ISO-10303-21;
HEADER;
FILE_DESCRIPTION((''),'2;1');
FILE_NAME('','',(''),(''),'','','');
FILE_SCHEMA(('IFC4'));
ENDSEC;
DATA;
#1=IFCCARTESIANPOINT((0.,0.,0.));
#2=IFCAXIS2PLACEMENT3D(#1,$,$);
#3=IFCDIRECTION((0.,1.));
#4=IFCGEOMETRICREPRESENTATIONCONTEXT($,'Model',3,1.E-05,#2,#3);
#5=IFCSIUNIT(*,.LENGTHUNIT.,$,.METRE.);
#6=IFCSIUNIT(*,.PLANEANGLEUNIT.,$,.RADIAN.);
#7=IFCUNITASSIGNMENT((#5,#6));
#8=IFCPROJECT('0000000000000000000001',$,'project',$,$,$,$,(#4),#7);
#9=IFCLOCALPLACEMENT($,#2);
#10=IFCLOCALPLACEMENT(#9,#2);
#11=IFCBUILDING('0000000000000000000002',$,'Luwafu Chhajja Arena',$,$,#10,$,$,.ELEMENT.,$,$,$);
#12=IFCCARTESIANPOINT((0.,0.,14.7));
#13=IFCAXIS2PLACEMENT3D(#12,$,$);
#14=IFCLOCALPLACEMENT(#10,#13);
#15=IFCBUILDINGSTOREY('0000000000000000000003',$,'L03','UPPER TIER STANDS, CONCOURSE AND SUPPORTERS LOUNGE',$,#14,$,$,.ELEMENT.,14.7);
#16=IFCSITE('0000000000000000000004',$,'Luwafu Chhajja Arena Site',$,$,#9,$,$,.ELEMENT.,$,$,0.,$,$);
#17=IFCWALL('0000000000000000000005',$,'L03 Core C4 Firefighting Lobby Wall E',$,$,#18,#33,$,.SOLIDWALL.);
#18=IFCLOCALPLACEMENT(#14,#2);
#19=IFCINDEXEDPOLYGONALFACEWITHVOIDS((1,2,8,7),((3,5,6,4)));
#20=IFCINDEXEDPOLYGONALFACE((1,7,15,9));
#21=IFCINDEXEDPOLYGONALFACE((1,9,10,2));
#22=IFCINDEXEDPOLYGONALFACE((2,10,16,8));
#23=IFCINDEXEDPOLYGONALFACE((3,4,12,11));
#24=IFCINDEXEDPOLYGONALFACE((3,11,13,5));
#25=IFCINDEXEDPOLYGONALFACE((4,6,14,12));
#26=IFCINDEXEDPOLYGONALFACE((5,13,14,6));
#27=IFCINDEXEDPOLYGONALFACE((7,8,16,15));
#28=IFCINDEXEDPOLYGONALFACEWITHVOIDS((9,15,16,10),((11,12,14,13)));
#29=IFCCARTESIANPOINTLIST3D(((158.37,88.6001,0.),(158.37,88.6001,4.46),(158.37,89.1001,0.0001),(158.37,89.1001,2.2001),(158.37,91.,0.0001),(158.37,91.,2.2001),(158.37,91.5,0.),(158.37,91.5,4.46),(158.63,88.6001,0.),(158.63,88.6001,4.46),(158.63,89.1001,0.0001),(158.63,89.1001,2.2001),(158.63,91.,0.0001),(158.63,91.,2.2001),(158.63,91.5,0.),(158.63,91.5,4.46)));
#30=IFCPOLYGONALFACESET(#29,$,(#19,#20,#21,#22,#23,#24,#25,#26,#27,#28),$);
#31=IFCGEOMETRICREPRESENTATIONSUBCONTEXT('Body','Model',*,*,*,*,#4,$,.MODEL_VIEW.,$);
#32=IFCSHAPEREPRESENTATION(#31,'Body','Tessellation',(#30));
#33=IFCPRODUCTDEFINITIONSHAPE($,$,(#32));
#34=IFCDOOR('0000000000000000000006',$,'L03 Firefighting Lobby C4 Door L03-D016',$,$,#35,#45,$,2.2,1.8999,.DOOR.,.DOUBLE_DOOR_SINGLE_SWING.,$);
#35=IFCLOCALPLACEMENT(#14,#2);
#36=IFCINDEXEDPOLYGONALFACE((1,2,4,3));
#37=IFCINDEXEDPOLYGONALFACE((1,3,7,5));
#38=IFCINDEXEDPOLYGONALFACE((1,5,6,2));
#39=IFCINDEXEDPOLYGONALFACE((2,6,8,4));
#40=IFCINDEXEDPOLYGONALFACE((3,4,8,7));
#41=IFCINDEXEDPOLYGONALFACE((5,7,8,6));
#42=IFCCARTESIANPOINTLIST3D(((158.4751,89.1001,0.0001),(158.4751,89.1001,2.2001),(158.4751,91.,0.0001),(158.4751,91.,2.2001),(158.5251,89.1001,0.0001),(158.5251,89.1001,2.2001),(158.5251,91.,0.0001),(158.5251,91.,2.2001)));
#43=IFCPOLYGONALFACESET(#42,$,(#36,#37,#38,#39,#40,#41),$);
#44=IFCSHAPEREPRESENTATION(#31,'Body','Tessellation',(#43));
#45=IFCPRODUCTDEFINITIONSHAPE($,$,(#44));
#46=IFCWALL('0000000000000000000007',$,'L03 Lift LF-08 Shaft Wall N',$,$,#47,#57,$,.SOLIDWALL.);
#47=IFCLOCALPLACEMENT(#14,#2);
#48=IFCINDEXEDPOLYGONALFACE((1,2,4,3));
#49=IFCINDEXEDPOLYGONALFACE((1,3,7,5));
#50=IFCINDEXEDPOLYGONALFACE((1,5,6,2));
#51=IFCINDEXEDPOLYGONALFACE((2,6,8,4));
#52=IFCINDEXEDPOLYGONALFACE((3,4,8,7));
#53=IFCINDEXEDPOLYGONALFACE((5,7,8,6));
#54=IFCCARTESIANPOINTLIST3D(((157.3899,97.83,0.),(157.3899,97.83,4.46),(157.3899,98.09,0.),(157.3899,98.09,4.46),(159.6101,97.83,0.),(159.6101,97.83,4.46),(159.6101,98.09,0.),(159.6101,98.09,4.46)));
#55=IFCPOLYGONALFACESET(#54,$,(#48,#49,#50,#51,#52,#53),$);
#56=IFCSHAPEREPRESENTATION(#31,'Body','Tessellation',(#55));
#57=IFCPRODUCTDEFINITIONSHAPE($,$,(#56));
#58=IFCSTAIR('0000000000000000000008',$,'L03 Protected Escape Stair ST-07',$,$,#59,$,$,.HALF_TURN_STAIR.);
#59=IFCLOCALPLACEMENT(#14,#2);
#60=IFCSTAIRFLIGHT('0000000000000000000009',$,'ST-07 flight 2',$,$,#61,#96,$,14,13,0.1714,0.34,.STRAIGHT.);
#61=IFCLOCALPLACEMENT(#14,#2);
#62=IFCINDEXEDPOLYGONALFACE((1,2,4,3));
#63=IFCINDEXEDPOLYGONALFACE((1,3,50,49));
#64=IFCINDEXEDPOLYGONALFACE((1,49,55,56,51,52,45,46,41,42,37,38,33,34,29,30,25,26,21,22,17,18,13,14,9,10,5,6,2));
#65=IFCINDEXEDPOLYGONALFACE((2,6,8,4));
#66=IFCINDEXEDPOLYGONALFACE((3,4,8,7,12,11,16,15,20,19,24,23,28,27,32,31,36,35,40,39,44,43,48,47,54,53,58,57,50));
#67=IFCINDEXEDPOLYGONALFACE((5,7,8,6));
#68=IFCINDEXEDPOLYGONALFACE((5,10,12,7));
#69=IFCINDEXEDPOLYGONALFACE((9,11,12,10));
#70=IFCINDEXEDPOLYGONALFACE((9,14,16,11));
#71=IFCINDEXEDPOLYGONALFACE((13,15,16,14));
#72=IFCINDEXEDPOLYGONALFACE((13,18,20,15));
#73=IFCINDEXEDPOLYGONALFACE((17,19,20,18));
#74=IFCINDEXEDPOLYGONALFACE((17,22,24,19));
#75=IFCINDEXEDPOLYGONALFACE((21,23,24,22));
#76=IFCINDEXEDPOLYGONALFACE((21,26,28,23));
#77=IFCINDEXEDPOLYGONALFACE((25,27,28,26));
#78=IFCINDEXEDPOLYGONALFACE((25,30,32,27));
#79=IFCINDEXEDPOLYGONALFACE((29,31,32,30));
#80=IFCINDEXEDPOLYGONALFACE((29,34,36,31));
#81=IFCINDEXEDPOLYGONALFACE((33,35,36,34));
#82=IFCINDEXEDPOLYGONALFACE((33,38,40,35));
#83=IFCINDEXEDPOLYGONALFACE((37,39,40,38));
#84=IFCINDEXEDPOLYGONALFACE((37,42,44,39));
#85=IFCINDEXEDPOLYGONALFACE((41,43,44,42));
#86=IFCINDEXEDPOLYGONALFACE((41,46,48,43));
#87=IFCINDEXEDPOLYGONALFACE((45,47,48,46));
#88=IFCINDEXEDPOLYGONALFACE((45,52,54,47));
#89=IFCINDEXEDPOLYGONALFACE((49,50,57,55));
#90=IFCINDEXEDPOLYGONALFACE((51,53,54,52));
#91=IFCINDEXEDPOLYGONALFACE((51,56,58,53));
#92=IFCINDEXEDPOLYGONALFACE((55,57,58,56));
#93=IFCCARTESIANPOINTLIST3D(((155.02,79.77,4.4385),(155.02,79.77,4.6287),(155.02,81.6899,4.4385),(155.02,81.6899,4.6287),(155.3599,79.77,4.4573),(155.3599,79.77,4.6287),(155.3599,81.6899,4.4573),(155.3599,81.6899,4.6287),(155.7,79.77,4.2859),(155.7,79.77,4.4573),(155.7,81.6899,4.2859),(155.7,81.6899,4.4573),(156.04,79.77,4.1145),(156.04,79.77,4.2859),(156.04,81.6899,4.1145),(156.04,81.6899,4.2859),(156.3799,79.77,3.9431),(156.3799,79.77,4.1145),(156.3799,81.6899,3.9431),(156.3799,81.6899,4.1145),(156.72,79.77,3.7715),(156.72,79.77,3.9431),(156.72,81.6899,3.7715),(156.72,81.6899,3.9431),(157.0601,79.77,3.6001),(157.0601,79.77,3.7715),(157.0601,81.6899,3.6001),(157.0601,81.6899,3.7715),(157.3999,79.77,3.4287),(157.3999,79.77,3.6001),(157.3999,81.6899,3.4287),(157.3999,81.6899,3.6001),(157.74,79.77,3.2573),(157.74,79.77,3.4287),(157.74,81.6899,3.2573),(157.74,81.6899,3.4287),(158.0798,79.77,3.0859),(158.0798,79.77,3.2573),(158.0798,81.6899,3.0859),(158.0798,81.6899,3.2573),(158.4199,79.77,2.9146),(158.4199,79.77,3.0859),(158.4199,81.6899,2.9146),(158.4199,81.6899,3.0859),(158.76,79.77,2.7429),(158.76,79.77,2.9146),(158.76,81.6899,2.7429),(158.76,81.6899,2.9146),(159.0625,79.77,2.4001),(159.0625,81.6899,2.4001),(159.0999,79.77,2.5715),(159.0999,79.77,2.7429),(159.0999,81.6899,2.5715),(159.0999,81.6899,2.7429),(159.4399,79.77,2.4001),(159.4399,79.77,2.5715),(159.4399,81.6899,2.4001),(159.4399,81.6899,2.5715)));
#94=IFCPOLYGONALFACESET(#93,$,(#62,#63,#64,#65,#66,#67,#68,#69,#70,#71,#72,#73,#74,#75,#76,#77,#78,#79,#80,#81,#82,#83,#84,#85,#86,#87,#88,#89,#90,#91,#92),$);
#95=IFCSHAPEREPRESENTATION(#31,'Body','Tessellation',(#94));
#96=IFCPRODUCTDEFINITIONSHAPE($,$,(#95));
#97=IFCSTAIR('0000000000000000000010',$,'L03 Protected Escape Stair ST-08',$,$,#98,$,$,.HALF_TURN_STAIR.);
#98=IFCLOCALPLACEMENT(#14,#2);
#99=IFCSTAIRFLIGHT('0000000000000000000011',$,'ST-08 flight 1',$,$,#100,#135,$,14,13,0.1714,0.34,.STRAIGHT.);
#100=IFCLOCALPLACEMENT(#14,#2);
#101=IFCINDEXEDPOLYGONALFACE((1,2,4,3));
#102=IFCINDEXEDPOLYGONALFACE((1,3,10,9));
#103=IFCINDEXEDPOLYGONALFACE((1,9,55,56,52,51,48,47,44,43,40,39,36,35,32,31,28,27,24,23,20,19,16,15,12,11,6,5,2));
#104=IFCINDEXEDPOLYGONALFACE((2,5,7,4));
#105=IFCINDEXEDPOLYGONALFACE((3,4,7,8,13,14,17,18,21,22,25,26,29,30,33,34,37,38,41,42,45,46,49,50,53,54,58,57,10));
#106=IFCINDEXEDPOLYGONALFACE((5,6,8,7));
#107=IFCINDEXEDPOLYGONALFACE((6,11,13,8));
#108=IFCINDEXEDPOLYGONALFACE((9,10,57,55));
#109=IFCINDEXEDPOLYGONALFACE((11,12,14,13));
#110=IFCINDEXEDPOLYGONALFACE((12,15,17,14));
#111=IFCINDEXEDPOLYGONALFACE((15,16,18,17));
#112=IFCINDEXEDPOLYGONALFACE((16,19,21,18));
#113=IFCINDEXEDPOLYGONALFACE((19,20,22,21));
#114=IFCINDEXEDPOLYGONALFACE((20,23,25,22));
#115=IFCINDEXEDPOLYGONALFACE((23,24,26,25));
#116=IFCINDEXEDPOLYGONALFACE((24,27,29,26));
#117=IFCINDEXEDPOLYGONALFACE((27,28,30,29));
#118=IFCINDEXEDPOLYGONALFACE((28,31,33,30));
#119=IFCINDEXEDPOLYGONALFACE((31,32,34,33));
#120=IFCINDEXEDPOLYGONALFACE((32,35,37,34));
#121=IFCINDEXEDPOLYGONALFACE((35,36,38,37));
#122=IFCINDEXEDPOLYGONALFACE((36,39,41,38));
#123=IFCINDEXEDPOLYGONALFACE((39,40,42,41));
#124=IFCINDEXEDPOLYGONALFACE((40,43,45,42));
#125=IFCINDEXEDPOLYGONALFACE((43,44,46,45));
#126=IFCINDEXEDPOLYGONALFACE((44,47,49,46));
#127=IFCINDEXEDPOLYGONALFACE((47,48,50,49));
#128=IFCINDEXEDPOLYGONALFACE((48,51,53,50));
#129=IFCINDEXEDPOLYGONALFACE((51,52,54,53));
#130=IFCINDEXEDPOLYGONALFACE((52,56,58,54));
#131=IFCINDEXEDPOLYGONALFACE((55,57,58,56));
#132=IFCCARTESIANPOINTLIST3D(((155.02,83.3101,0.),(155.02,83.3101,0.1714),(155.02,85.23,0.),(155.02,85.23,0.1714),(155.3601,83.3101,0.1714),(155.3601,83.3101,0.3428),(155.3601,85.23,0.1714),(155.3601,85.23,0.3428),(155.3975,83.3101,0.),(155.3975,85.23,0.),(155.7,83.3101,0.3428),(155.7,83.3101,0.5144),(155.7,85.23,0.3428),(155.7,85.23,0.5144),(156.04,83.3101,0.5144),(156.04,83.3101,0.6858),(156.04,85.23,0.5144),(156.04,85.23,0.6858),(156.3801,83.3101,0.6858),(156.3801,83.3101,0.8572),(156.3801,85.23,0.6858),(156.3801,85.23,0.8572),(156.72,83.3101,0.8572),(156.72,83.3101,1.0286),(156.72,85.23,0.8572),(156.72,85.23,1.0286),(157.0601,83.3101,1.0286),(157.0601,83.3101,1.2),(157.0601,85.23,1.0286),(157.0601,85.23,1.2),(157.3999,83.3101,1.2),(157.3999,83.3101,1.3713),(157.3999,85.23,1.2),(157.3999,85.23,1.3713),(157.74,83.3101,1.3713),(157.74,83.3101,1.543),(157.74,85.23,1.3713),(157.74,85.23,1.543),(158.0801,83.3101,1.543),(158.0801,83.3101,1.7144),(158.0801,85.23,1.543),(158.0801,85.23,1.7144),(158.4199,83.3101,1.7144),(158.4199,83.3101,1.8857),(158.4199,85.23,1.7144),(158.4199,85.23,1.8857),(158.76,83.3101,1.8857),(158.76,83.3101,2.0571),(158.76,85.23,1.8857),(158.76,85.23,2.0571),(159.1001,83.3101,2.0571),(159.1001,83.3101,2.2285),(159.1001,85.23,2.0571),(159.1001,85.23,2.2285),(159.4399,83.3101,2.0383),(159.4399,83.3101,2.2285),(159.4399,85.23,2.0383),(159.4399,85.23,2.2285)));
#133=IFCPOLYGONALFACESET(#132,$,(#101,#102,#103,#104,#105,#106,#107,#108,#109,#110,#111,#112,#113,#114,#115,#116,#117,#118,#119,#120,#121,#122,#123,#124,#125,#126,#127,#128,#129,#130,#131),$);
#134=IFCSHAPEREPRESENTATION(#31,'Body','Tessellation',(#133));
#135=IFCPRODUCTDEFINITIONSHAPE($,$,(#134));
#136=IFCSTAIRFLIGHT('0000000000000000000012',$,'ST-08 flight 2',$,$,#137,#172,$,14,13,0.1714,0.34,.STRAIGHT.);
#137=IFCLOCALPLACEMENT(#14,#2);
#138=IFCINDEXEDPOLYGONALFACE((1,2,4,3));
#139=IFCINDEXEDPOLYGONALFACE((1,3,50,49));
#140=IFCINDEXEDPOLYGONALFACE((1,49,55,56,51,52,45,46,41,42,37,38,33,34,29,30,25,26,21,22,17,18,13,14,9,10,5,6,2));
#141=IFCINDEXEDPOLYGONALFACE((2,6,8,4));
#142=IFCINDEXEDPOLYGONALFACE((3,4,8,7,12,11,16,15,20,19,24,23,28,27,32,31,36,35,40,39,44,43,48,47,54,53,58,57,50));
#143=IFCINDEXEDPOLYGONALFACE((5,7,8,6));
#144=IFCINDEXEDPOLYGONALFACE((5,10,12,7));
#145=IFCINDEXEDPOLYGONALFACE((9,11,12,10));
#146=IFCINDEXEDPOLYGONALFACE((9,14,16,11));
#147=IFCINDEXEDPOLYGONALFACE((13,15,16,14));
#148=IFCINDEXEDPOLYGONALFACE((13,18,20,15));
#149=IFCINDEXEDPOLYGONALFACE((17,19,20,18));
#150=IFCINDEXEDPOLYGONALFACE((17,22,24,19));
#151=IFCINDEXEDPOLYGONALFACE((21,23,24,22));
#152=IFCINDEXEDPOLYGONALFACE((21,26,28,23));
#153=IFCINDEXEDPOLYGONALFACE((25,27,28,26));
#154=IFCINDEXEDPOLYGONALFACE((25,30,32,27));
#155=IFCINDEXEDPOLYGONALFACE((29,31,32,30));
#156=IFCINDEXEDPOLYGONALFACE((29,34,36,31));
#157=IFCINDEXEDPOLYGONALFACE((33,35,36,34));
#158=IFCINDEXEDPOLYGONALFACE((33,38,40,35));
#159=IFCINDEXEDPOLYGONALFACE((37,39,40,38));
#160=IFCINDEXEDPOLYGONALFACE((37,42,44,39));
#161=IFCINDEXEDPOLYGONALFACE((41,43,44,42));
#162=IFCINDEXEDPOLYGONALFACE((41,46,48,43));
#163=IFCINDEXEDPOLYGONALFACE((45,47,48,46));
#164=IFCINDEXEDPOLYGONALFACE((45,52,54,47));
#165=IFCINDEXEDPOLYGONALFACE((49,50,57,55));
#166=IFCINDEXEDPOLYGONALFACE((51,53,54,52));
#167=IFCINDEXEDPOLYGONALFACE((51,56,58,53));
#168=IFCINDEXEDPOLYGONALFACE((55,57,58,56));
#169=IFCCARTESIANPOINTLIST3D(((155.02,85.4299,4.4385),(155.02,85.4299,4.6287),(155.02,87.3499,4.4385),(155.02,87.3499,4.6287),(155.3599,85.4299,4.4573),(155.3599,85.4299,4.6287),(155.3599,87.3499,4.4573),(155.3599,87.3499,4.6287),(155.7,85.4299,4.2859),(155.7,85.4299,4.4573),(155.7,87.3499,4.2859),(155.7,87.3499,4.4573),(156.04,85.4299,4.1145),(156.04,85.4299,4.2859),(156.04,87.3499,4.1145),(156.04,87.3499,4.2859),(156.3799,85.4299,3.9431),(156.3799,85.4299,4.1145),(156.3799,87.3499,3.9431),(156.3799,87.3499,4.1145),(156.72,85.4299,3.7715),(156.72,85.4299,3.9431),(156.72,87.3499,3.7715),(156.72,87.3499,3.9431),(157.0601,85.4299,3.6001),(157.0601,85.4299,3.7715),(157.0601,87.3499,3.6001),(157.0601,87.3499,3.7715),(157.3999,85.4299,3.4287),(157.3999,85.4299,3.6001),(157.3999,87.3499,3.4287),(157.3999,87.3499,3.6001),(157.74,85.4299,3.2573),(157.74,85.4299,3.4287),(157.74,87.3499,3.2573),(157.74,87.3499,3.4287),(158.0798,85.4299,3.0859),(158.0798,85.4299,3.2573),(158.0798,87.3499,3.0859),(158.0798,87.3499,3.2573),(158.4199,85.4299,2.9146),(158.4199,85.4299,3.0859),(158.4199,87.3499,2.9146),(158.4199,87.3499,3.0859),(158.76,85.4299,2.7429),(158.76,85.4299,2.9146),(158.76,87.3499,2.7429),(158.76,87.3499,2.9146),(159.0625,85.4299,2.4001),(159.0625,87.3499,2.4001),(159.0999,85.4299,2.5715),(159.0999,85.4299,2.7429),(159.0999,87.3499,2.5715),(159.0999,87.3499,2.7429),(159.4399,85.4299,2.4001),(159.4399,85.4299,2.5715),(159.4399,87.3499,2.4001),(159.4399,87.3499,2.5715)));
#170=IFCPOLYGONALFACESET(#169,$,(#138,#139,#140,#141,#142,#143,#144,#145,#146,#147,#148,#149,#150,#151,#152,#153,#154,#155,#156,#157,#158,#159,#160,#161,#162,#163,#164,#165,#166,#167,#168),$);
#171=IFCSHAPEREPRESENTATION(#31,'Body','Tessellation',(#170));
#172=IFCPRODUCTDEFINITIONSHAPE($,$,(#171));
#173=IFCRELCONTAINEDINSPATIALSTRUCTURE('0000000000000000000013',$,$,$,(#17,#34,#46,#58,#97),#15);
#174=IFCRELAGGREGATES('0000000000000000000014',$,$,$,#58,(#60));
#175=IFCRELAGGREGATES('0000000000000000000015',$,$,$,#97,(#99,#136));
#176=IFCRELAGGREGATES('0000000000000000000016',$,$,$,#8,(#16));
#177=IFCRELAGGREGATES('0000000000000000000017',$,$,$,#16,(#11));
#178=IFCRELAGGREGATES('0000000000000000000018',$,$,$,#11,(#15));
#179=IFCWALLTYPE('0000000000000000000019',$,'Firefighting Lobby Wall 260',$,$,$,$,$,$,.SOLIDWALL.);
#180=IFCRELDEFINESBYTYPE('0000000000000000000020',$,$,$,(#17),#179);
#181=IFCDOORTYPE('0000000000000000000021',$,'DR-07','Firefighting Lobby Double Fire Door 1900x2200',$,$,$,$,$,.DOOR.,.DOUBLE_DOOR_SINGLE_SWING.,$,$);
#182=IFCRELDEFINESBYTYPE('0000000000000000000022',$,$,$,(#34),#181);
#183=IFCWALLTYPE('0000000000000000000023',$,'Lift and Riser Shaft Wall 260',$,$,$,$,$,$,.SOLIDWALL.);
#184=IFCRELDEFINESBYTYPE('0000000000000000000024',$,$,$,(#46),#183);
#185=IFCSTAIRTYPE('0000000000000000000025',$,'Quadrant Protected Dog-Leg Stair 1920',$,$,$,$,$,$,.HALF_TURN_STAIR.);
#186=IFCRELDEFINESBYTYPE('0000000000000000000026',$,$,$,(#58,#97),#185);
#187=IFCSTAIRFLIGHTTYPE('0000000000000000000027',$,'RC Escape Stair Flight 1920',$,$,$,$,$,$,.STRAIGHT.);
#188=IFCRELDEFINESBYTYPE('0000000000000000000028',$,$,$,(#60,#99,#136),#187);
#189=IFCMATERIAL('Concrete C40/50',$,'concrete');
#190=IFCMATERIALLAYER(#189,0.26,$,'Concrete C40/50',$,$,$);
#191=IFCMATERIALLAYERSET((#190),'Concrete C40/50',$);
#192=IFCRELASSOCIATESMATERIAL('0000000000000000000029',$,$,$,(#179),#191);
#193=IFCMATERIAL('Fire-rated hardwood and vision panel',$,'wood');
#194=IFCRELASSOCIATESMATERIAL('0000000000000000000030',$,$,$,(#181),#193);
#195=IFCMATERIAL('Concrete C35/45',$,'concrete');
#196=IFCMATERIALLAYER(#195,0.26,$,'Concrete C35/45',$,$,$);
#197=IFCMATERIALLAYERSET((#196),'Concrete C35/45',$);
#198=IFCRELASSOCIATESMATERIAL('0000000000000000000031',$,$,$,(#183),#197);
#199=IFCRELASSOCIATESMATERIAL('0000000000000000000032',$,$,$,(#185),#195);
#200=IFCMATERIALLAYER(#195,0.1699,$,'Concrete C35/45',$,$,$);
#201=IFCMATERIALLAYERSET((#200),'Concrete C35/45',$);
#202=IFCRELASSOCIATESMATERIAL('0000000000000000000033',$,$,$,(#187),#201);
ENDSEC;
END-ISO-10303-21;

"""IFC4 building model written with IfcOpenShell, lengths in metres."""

from ifc_helpers import new_model, si_unit, direction, frame, frame_2d, origin, place, context, subcontext, project, spatial, polyline, rectangle, outline, extrude, material, layer, layer_set, type_object, element, fill, aggregate, save


model = new_model("IFC4")

# Units and contexts
model_context = context("Model", 3, precision=1e-05, world=origin(), true_north=direction((0.0, 1.0)))
body_context = subcontext(model_context, "Body", "Model", "MODEL_VIEW")
ifc_project = project(units=[si_unit("LENGTHUNIT", "METRE"), si_unit("PLANEANGLEUNIT", "RADIAN")], contexts=[model_context])

# Site, building, storey
site_placement = place(None, origin())
site = spatial("IfcSite", under=ifc_project, at=site_placement, Name="Luwafu Chhajja Arena Site", CompositionType="ELEMENT", RefElevation=0.0)
building_placement = place(site_placement, origin())
building = spatial("IfcBuilding", under=site, at=building_placement, Name="Luwafu Chhajja Arena", CompositionType="ELEMENT")
storey_placement = place(building_placement, frame((0.0, 0.0, 14.7)))
storey = spatial("IfcBuildingStorey", under=building, at=storey_placement, Name="L03", Description="UPPER TIER STANDS, CONCOURSE AND SUPPORTERS LOUNGE", CompositionType="ELEMENT", Elevation=14.7)

# Wall, opening, door
ifc_material_1 = material(Name="Concrete C40/50", Category="concrete")
ifc_layer_1 = layer(ifc_material_1, 0.26, Name="Concrete C40/50")
ifc_layer_set_1 = layer_set([ifc_layer_1], Name="Concrete C40/50")
wall_type_1 = type_object("IfcWallType", Name="Firefighting Lobby Wall 260", PredefinedType="SOLIDWALL", material=ifc_layer_set_1)
wall_1_placement = place(storey_placement, frame((158.5, 88.6001, 0.0), z_axis=(0.0, 0.0, 1.0), x_axis=(0.0, 1.0, 0.0)))
wall_1 = element("IfcWall", 1, at=wall_1_placement, inside=storey, type_object=wall_type_1, Name="L03 Core C4 Firefighting Lobby Wall E", PredefinedType="SOLIDWALL", context=body_context, shape_type="SweptSolid", body=[
    extrude(rectangle(XDim=2.8999, YDim=0.26, at=frame_2d((1.45, 0.0))), origin(), (0.0, 0.0, 1.0), 4.46),
])
opening_1_placement = place(wall_1_placement, frame((0.5, 0.0, 0.0)))
opening_1 = element("IfcOpeningElement", 2, at=opening_1_placement, cuts=wall_1, PredefinedType="OPENING", context=body_context, shape_type="SweptSolid", body=[
    extrude(rectangle(XDim=1.8999, YDim=2.2, at=frame_2d((0.95, 1.1001))), frame((0.0, 0.1399, 0.0), z_axis=(0.0, -1.0, 0.0), x_axis=(1.0, 0.0, 0.0)), (0.0, 0.0, 1.0), 0.28),
])
ifc_material_2 = material(Name="Fire-rated hardwood and vision panel", Category="wood")
door_type_1 = type_object("IfcDoorType", Name="DR-07", Description="Firefighting Lobby Double Fire Door 1900x2200", OperationType="DOUBLE_DOOR_SINGLE_SWING", PredefinedType="DOOR", material=ifc_material_2)
door_1_placement = place(opening_1_placement, origin())
door_1 = element("IfcDoor", 3, at=door_1_placement, inside=storey, type_object=door_type_1, Name="L03 Firefighting Lobby C4 Door L03-D016", OperationType="DOUBLE_DOOR_SINGLE_SWING", OverallHeight=2.2, OverallWidth=1.8999, PredefinedType="DOOR", context=body_context, shape_type="SweptSolid", body=[
    extrude(rectangle(XDim=1.8999, YDim=2.2, at=frame_2d((0.95, 1.1001))), frame((0.0, 0.0249, 0.0), z_axis=(0.0, -1.0, 0.0), x_axis=(1.0, 0.0, 0.0)), (0.0, 0.0, 1.0), 0.05),
])
fill(opening_1, door_1)

# Shared definitions
ifc_material_3 = material(Name="Concrete C35/45", Category="concrete")
ifc_layer_2 = layer(ifc_material_3, 0.26, Name="Concrete C35/45")
ifc_layer_set_2 = layer_set([ifc_layer_2], Name="Concrete C35/45")
wall_type_2 = type_object("IfcWallType", Name="Lift and Riser Shaft Wall 260", PredefinedType="SOLIDWALL", material=ifc_layer_set_2)

# Wall
wall_2_placement = place(storey_placement, frame((157.3899, 97.96, 0.0), z_axis=(0.0, 0.0, 1.0), x_axis=(1.0, 0.0, 0.0)))
element("IfcWall", 4, at=wall_2_placement, inside=storey, type_object=wall_type_2, Name="L03 Lift LF-08 Shaft Wall N", PredefinedType="SOLIDWALL", context=body_context, shape_type="SweptSolid", body=[
    extrude(rectangle(XDim=2.2202, YDim=0.26, at=frame_2d((1.1101, 0.0))), origin(), (0.0, 0.0, 1.0), 4.46),
])

# Stair, stair flight
stair_type = type_object("IfcStairType", Name="Quadrant Protected Dog-Leg Stair 1920", PredefinedType="HALF_TURN_STAIR", material=ifc_material_3)
stair_1_placement = place(storey_placement, origin())
stair_1 = element("IfcStair", 5, at=stair_1_placement, inside=storey, type_object=stair_type, Name="L03 Protected Escape Stair ST-07", PredefinedType="HALF_TURN_STAIR")
ifc_layer_3 = layer(ifc_material_3, 0.1699, Name="Concrete C35/45")
ifc_layer_set_3 = layer_set([ifc_layer_3], Name="Concrete C35/45")
stair_flight_type = type_object("IfcStairFlightType", Name="RC Escape Stair Flight 1920", PredefinedType="STRAIGHT", material=ifc_layer_set_3)
stair_flight_1_placement = place(storey_placement, frame((159.4399, 80.73, 2.4001), z_axis=(0.0, 0.0, 1.0), x_axis=(-1.0, 0.0, 0.0)))
stair_flight_1 = element("IfcStairFlight", 6, at=stair_flight_1_placement, type_object=stair_flight_type, Name="ST-07 flight 2", NumberOfRisers=14, NumberOfTreads=13, PredefinedType="STRAIGHT", RiserHeight=0.1714, TreadLength=0.34, context=body_context, shape_type="SweptSolid", body=[
    extrude(outline(polyline([(0.0, 0.0), (0.0, 0.1714), (0.3401, 0.1714), (0.3401, 0.3428), (0.6799, 0.3428), (0.6799, 0.5144), (1.02, 0.5144), (1.02, 0.6858), (1.3601, 0.6858), (1.3601, 0.8572), (1.7, 0.8572), (1.7, 1.0286), (2.04, 1.0286), (2.04, 1.2), (2.3799, 1.2), (2.3799, 1.3713), (2.72, 1.3713), (2.72, 1.543), (3.0601, 1.543), (3.0601, 1.7144), (3.3999, 1.7144), (3.3999, 1.8857), (3.74, 1.8857), (3.74, 2.0571), (4.0801, 2.0571), (4.0801, 2.2285), (4.4199, 2.2285), (4.4199, 2.3999), (4.4199, 2.0383), (0.3774, 0.0), (0.0, 0.0)])), frame((0.0, 0.96, 0.0), z_axis=(0.0, -1.0, 0.0), x_axis=(1.0, 0.0, 0.0)), (0.0, 0.0, 1.0), 1.9199),
])
aggregate(stair_1, [stair_flight_1])

# Stair, stair flights
stair_2_placement = place(storey_placement, origin())
stair_2 = element("IfcStair", 7, at=stair_2_placement, inside=storey, type_object=stair_type, Name="L03 Protected Escape Stair ST-08", PredefinedType="HALF_TURN_STAIR")
stair_flight_2_placement = place(storey_placement, frame((155.02, 84.27, 0.0), z_axis=(0.0, 0.0, 1.0), x_axis=(1.0, 0.0, 0.0)))
stair_flight_2 = element("IfcStairFlight", 8, at=stair_flight_2_placement, type_object=stair_flight_type, Name="ST-08 flight 1", NumberOfRisers=14, NumberOfTreads=13, PredefinedType="STRAIGHT", RiserHeight=0.1714, TreadLength=0.34, context=body_context, shape_type="SweptSolid", body=[
    extrude(outline(polyline([(0.0, 0.0), (0.0, 0.1714), (0.3401, 0.1714), (0.3401, 0.3428), (0.6799, 0.3428), (0.6799, 0.5144), (1.02, 0.5144), (1.02, 0.6858), (1.3601, 0.6858), (1.3601, 0.8572), (1.7, 0.8572), (1.7, 1.0286), (2.04, 1.0286), (2.04, 1.2), (2.3799, 1.2), (2.3799, 1.3713), (2.72, 1.3713), (2.72, 1.543), (3.0601, 1.543), (3.0601, 1.7144), (3.3999, 1.7144), (3.3999, 1.8857), (3.74, 1.8857), (3.74, 2.0571), (4.0801, 2.0571), (4.0801, 2.2285), (4.4199, 2.2285), (4.4199, 2.3999), (4.4199, 2.0383), (0.3774, 0.0), (0.0, 0.0)])), frame((0.0, 0.96, 0.0), z_axis=(0.0, -1.0, 0.0), x_axis=(1.0, 0.0, 0.0)), (0.0, 0.0, 1.0), 1.9199),
])
stair_flight_3_placement = place(storey_placement, frame((159.4399, 86.3899, 2.4001), z_axis=(0.0, 0.0, 1.0), x_axis=(-1.0, 0.0, 0.0)))
stair_flight_3 = element("IfcStairFlight", 9, at=stair_flight_3_placement, type_object=stair_flight_type, Name="ST-08 flight 2", NumberOfRisers=14, NumberOfTreads=13, PredefinedType="STRAIGHT", RiserHeight=0.1714, TreadLength=0.34, context=body_context, shape_type="SweptSolid", body=[
    extrude(outline(polyline([(0.0, 0.0), (0.0, 0.1714), (0.3401, 0.1714), (0.3401, 0.3428), (0.6799, 0.3428), (0.6799, 0.5144), (1.02, 0.5144), (1.02, 0.6858), (1.3601, 0.6858), (1.3601, 0.8572), (1.7, 0.8572), (1.7, 1.0286), (2.04, 1.0286), (2.04, 1.2), (2.3799, 1.2), (2.3799, 1.3713), (2.72, 1.3713), (2.72, 1.543), (3.0601, 1.543), (3.0601, 1.7144), (3.3999, 1.7144), (3.3999, 1.8857), (3.74, 1.8857), (3.74, 2.0571), (4.0801, 2.0571), (4.0801, 2.2285), (4.4199, 2.2285), (4.4199, 2.3999), (4.4199, 2.0383), (0.3774, 0.0), (0.0, 0.0)])), frame((0.0, 0.96, 0.0), z_axis=(0.0, -1.0, 0.0), x_axis=(1.0, 0.0, 0.0)), (0.0, 0.0, 1.0), 1.9199),
])
aggregate(stair_2, [stair_flight_2, stair_flight_3])

save(model, "model.ifc")
